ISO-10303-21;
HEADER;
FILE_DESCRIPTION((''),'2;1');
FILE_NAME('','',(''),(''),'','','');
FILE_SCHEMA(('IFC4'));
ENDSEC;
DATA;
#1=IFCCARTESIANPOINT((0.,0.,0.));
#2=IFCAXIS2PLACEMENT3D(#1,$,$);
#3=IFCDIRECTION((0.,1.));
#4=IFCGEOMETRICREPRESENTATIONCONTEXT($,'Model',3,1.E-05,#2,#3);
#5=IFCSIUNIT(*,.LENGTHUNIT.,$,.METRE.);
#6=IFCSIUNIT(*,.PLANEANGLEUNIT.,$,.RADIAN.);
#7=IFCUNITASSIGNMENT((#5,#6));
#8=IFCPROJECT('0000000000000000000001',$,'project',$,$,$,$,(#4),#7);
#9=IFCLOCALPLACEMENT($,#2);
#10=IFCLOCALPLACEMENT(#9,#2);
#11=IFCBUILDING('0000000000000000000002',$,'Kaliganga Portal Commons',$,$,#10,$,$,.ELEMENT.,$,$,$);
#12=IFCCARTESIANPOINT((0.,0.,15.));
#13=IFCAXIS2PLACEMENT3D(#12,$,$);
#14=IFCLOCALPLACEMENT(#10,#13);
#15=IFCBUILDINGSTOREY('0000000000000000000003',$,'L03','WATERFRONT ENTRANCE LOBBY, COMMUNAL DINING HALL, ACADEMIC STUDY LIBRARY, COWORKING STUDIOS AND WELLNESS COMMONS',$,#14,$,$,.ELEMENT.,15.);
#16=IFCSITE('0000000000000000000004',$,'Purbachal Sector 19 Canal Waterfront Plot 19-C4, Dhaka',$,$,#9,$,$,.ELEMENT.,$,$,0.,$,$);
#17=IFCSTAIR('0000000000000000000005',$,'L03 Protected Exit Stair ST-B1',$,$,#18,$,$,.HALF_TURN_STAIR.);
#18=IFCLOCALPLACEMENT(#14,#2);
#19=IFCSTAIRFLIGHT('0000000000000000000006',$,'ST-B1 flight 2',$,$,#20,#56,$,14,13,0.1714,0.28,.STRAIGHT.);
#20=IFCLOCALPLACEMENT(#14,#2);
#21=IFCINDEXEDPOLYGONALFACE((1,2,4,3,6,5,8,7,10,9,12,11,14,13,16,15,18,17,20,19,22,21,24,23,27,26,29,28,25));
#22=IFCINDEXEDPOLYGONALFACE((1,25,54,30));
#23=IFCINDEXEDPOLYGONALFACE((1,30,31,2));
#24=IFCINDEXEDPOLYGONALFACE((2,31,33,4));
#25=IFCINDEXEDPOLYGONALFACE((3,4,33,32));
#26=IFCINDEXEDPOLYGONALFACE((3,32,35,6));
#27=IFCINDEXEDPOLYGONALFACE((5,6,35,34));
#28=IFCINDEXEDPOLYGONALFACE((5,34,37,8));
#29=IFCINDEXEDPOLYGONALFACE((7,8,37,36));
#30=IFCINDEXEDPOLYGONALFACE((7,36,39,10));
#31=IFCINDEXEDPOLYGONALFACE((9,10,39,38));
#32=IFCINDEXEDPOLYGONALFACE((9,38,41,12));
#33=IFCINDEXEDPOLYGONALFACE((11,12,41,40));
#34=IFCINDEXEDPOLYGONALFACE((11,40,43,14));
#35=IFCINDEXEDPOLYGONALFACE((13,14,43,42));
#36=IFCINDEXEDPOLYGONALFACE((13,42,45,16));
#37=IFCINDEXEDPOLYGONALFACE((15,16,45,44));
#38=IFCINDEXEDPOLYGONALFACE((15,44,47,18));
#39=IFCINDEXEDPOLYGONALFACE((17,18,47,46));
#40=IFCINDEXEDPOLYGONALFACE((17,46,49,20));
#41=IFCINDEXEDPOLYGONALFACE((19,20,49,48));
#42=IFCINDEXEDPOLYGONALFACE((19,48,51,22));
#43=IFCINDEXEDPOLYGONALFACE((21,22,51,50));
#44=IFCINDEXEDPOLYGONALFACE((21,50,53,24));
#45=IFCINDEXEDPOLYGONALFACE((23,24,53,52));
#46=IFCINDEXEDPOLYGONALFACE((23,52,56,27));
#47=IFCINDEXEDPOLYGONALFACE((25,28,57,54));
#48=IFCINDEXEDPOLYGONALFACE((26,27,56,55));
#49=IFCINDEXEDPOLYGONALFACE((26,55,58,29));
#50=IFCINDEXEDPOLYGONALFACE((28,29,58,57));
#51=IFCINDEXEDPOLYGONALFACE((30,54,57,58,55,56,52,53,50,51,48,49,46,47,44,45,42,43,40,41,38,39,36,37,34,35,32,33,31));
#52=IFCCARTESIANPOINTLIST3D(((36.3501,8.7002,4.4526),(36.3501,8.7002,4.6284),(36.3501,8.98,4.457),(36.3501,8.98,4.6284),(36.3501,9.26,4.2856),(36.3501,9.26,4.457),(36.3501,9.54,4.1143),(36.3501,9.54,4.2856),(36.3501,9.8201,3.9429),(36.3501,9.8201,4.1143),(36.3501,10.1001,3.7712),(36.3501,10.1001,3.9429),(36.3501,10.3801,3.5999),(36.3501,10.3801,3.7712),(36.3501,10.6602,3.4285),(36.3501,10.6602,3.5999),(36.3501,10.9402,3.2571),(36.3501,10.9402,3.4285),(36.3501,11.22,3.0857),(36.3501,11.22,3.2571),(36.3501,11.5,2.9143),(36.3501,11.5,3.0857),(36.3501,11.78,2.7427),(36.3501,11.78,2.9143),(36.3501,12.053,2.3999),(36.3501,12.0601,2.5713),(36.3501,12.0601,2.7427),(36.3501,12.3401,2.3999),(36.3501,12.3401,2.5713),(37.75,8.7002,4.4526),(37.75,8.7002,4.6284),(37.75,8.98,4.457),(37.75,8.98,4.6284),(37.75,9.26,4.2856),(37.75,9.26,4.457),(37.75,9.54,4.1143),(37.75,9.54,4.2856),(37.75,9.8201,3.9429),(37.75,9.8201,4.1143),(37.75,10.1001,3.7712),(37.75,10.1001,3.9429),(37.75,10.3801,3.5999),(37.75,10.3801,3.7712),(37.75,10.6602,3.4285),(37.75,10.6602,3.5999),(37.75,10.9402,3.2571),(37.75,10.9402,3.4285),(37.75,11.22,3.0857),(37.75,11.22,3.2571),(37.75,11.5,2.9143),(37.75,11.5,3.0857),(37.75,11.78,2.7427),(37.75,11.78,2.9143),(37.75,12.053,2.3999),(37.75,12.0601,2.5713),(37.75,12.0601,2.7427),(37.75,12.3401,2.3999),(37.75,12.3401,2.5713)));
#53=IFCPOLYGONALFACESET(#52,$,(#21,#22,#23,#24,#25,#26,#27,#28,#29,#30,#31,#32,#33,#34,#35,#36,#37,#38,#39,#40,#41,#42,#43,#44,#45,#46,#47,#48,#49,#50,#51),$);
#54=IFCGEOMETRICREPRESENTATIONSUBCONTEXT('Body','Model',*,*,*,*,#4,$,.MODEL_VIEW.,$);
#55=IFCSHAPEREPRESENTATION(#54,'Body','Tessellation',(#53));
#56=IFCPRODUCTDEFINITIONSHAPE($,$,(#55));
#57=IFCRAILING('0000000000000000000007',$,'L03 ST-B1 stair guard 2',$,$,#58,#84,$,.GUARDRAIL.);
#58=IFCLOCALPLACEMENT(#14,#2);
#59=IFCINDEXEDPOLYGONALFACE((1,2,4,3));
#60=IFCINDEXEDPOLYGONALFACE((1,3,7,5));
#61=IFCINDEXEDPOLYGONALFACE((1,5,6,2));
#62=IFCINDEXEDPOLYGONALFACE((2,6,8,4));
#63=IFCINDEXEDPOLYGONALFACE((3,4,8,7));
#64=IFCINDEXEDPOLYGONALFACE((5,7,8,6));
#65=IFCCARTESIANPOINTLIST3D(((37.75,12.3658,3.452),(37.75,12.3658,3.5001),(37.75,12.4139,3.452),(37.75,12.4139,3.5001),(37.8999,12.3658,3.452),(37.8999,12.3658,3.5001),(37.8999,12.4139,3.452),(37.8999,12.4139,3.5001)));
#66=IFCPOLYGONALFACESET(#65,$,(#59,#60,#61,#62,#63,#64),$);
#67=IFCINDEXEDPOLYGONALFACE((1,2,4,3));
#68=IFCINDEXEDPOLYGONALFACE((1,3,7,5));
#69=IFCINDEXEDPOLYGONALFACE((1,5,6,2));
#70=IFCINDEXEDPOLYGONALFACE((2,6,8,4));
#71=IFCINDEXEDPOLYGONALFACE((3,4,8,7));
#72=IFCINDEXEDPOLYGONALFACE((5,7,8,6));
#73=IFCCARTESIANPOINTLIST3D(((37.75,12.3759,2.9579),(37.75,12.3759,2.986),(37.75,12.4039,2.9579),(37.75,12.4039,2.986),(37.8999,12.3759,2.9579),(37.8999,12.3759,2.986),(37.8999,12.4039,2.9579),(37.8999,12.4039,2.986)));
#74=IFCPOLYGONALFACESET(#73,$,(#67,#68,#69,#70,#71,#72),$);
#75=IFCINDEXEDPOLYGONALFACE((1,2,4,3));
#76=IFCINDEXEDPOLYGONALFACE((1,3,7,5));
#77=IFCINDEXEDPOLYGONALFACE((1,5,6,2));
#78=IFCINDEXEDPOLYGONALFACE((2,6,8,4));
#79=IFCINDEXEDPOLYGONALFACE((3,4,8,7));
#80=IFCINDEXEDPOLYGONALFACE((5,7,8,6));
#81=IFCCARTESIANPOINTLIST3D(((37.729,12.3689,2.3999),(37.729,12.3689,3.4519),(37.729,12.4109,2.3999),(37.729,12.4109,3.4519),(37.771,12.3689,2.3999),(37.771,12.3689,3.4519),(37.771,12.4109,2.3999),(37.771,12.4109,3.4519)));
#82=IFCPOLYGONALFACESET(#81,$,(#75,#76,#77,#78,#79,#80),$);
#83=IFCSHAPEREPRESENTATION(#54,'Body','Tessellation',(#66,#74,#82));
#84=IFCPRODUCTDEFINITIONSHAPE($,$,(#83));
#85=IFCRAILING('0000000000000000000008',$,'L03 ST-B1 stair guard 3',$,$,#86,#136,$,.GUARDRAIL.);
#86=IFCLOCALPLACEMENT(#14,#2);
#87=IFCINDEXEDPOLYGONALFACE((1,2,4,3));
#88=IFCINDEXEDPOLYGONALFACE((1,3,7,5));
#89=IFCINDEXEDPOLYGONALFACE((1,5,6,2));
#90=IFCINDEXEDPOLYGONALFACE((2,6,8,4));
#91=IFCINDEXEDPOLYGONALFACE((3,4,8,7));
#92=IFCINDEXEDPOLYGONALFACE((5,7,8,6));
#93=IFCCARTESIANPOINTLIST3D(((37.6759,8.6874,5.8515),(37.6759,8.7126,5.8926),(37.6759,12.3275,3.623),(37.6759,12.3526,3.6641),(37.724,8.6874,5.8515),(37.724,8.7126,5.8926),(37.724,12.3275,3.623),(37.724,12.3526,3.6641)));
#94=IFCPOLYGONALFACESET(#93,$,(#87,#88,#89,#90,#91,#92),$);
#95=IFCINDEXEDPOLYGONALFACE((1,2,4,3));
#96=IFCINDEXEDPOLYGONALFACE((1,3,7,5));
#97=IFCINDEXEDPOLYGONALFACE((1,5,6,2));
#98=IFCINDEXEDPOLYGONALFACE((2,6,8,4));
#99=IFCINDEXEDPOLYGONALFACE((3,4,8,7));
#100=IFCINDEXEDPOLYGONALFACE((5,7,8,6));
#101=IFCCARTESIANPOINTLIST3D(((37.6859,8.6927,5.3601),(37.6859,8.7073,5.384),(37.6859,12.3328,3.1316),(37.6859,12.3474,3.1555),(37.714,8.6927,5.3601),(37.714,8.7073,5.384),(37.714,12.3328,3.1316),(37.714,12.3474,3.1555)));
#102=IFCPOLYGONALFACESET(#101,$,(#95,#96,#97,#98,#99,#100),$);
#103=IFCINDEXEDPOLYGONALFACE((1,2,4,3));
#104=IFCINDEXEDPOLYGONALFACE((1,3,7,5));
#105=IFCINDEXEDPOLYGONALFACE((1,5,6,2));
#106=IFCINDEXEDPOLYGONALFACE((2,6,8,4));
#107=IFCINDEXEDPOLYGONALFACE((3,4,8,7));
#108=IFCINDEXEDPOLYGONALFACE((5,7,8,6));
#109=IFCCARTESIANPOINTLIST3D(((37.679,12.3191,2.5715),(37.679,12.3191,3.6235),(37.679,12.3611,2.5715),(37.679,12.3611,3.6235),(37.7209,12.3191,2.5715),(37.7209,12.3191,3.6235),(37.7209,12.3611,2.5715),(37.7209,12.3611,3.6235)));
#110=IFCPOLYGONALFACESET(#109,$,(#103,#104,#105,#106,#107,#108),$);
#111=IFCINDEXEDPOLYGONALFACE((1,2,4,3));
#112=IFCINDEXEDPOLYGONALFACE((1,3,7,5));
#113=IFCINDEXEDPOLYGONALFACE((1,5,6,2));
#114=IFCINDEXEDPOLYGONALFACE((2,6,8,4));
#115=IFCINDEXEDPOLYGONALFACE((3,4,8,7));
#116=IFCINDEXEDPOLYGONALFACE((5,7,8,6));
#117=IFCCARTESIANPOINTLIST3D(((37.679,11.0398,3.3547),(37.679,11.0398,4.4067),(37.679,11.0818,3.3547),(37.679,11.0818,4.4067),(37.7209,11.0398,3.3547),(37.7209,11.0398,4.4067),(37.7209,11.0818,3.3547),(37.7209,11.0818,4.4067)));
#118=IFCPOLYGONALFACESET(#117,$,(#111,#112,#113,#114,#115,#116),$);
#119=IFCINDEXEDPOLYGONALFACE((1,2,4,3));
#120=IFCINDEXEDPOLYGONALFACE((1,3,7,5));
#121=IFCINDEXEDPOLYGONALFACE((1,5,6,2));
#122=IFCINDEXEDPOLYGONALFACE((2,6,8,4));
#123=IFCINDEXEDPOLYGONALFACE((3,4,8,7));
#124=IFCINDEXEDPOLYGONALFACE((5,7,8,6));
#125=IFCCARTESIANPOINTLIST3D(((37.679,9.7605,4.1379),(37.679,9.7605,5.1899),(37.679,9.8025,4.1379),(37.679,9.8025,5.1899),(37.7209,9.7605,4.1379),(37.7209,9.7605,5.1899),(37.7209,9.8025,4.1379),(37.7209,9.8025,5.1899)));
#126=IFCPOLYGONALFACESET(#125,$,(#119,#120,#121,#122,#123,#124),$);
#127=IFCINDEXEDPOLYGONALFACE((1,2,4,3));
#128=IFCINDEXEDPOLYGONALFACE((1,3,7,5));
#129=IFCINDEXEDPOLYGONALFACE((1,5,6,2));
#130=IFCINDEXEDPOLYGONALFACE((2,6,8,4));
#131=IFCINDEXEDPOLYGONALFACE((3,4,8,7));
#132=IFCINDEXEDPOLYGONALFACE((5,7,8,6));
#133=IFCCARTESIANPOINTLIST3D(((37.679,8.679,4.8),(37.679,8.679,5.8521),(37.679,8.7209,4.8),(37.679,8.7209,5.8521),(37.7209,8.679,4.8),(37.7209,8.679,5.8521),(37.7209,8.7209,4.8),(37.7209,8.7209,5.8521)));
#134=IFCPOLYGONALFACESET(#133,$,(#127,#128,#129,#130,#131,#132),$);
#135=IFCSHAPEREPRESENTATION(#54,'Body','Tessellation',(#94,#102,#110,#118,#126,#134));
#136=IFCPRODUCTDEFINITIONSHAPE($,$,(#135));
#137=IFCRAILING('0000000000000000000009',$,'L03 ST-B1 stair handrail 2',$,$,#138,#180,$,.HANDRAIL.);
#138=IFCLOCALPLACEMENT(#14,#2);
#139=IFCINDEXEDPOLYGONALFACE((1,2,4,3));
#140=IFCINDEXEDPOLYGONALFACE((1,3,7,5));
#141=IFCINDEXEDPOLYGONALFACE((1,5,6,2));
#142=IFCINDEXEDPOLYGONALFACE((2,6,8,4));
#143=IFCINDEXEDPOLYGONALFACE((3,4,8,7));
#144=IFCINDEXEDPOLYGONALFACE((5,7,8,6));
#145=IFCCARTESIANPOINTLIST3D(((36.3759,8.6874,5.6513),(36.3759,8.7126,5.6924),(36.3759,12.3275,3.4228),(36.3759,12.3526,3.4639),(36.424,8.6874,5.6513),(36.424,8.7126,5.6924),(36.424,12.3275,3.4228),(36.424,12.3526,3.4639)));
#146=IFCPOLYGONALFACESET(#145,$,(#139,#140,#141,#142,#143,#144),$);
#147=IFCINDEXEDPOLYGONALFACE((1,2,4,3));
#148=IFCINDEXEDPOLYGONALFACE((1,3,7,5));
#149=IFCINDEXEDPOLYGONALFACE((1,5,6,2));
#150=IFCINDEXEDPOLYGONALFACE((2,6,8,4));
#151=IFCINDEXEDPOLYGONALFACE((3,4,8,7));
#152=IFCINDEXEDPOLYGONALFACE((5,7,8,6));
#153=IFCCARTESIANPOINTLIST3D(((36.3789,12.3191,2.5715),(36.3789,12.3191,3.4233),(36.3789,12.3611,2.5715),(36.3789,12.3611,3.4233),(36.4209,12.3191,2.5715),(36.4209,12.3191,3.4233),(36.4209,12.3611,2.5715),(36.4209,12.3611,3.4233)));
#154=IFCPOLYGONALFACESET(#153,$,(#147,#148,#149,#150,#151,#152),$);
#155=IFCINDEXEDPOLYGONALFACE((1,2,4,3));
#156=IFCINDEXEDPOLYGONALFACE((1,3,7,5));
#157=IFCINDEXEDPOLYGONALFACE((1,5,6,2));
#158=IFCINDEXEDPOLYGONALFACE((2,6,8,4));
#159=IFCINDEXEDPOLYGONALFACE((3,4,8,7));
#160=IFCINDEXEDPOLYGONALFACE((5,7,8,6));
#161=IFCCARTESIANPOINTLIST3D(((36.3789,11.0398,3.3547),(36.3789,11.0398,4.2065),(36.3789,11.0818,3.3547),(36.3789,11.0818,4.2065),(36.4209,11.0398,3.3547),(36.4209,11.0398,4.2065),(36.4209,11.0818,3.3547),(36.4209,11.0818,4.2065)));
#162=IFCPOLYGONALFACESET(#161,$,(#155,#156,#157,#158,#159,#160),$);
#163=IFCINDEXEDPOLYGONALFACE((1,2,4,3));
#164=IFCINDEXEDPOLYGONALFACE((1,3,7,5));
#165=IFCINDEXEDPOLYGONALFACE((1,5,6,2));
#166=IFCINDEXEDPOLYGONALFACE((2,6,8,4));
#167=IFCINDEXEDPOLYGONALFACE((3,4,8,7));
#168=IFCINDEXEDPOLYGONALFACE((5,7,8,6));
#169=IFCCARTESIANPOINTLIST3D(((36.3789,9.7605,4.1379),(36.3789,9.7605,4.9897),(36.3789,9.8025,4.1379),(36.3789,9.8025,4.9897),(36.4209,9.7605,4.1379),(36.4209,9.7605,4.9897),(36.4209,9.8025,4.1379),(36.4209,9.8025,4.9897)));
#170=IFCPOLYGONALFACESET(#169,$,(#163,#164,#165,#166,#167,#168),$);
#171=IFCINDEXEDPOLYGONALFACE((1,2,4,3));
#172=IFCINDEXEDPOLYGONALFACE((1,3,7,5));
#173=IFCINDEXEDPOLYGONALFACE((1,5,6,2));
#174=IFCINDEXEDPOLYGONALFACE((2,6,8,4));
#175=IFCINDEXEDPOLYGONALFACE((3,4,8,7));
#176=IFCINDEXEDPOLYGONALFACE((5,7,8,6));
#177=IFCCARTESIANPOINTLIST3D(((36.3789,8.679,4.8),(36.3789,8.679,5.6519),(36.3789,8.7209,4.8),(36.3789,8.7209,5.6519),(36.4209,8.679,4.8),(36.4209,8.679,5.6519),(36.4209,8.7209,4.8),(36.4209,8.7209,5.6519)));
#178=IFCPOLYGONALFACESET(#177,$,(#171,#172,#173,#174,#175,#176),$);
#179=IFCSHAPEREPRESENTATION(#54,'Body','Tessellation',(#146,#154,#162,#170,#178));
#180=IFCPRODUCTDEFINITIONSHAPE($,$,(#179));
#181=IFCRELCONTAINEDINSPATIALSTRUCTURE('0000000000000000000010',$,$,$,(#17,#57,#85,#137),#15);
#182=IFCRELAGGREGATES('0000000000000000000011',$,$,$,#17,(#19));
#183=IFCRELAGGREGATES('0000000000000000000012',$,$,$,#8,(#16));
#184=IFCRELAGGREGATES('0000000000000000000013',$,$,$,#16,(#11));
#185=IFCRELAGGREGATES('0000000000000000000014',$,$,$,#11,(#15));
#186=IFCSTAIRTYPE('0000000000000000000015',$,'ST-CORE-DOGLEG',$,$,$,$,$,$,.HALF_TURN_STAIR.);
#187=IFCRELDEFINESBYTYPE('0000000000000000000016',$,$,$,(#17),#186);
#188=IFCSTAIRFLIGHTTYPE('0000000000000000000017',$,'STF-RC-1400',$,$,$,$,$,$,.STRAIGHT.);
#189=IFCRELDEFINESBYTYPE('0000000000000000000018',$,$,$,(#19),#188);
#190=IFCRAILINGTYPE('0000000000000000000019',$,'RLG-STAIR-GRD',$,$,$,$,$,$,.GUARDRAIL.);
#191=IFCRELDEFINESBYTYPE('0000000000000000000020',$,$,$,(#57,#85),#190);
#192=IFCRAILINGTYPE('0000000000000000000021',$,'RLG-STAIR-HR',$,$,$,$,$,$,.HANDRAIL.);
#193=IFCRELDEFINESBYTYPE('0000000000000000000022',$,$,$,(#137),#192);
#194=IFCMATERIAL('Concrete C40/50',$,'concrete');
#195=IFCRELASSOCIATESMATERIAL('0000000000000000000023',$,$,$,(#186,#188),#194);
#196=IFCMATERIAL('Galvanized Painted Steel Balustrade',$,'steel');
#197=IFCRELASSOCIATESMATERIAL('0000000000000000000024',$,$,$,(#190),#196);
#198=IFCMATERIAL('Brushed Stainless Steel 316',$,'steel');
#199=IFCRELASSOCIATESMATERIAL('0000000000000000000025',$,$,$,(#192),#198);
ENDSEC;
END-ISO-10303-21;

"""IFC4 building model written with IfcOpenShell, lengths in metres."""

from ifc_helpers import new_model, si_unit, direction, frame, origin, origin_2d, place, context, subcontext, project, spatial, polyline, rectangle, outline, extrude, material, type_object, element, aggregate, save


model = new_model("IFC4")

# Units and contexts
model_context = context("Model", 3, precision=1e-05, world=origin(), true_north=direction((0.0, 1.0)))
body_context = subcontext(model_context, "Body", "Model", "MODEL_VIEW")
ifc_project = project(units=[si_unit("LENGTHUNIT", "METRE"), si_unit("PLANEANGLEUNIT", "RADIAN")], contexts=[model_context])

# Site, building, storey
site_placement = place(None, origin())
site = spatial("IfcSite", under=ifc_project, at=site_placement, Name="Purbachal Sector 19 Canal Waterfront Plot 19-C4, Dhaka", CompositionType="ELEMENT", RefElevation=0.0)
building_placement = place(site_placement, origin())
building = spatial("IfcBuilding", under=site, at=building_placement, Name="Kaliganga Portal Commons", CompositionType="ELEMENT")
storey_placement = place(building_placement, frame((0.0, 0.0, 15.0)))
storey = spatial("IfcBuildingStorey", under=building, at=storey_placement, Name="L03", Description="WATERFRONT ENTRANCE LOBBY, COMMUNAL DINING HALL, ACADEMIC STUDY LIBRARY, COWORKING STUDIOS AND WELLNESS COMMONS", CompositionType="ELEMENT", Elevation=15.0)

# Stair, stair flight
ifc_material_1 = material(Name="Concrete C40/50", Category="concrete")
stair_type = type_object("IfcStairType", Name="ST-CORE-DOGLEG", PredefinedType="HALF_TURN_STAIR", material=ifc_material_1)
stair_placement = place(storey_placement, origin())
stair = element("IfcStair", 1, at=stair_placement, inside=storey, type_object=stair_type, Name="L03 Protected Exit Stair ST-B1", PredefinedType="HALF_TURN_STAIR")
stair_flight_type = type_object("IfcStairFlightType", Name="STF-RC-1400", PredefinedType="STRAIGHT", material=ifc_material_1)
stair_flight_placement = place(storey_placement, frame((37.05, 12.3401, 2.3999), z_axis=(0.0, 0.0, 1.0), x_axis=(0.0, -1.0, 0.0)))
stair_flight = element("IfcStairFlight", 2, at=stair_flight_placement, type_object=stair_flight_type, Name="ST-B1 flight 2", NumberOfRisers=14, NumberOfTreads=13, PredefinedType="STRAIGHT", RiserHeight=0.1714, TreadLength=0.28, context=body_context, shape_type="SweptSolid", body=[
    extrude(outline(polyline([(0.0, 0.0), (0.0, 0.1714), (0.28, 0.1714), (0.28, 0.3428), (0.5601, 0.3428), (0.5601, 0.5144), (0.8401, 0.5144), (0.8401, 0.6858), (1.1201, 0.6858), (1.1201, 0.8572), (1.3999, 0.8572), (1.3999, 1.0286), (1.6799, 1.0286), (1.6799, 1.2), (1.96, 1.2), (1.96, 1.3713), (2.24, 1.3713), (2.24, 1.543), (2.52, 1.543), (2.52, 1.7144), (2.8, 1.7144), (2.8, 1.8857), (3.0801, 1.8857), (3.0801, 2.0571), (3.3601, 2.0571), (3.3601, 2.2285), (3.6399, 2.2285), (3.6399, 2.3999), (3.6399, 2.0527), (0.2871, 0.0), (0.0, 0.0)])), frame((0.0, 0.7, 0.0), z_axis=(0.0, -1.0, 0.0), x_axis=(1.0, 0.0, 0.0)), (0.0, 0.0, 1.0), 1.3999),
])
aggregate(stair, [stair_flight])

# Railings
ifc_material_2 = material(Name="Galvanized Painted Steel Balustrade", Category="steel")
railing_type_1 = type_object("IfcRailingType", Name="RLG-STAIR-GRD", PredefinedType="GUARDRAIL", material=ifc_material_2)
railing_1_placement = place(storey_placement, frame((37.8999, 12.3899, 2.3999)))
element("IfcRailing", 3, at=railing_1_placement, inside=storey, type_object=railing_type_1, Name="L03 ST-B1 stair guard 2", PredefinedType="GUARDRAIL", context=body_context, shape_type="SweptSolid", body=[
    extrude(rectangle(XDim=0.0481, YDim=0.0481, at=origin_2d()), frame((0.0, 0.0, 1.0762), z_axis=(-1.0, 0.0, 0.0), x_axis=(0.0, -1.0, 0.0)), (0.0, 0.0, 1.0), 0.1499),
    extrude(rectangle(XDim=0.0281, YDim=0.0281, at=origin_2d()), frame((0.0, 0.0, 0.572), z_axis=(-1.0, 0.0, 0.0), x_axis=(0.0, -1.0, 0.0)), (0.0, 0.0, 1.0), 0.1499),
    extrude(rectangle(XDim=0.042, YDim=0.042, at=origin_2d()), frame((-0.1499, 0.0, 0.0)), (0.0, 0.0, 1.0), 1.052),
])
railing_2_placement = place(storey_placement, frame((37.7, 12.3401, 2.5715)))
element("IfcRailing", 4, at=railing_2_placement, inside=storey, type_object=railing_type_1, Name="L03 ST-B1 stair guard 3", PredefinedType="GUARDRAIL", context=body_context, shape_type="SweptSolid", body=[
    extrude(rectangle(XDim=0.0481, YDim=0.0481, at=origin_2d()), frame((0.0, 0.0, 1.072), z_axis=(0.0, -0.852866, 0.52213), x_axis=(1.0, 0.0, 0.0)), (0.0, 0.0, 1.0), 4.2681),
    extrude(rectangle(XDim=0.0281, YDim=0.0281, at=origin_2d()), frame((0.0, 0.0, 0.572), z_axis=(0.0, -0.852866, 0.52213), x_axis=(1.0, 0.0, 0.0)), (0.0, 0.0, 1.0), 4.2681),
    extrude(rectangle(XDim=0.042, YDim=0.042, at=origin_2d()), origin(), (0.0, 0.0, 1.0), 1.052),
    extrude(rectangle(XDim=0.042, YDim=0.042, at=origin_2d()), frame((0.0, -1.2793, 0.7832)), (0.0, 0.0, 1.0), 1.052),
    extrude(rectangle(XDim=0.042, YDim=0.042, at=origin_2d()), frame((0.0, -2.5586, 1.5664)), (0.0, 0.0, 1.0), 1.052),
    extrude(rectangle(XDim=0.042, YDim=0.042, at=origin_2d()), frame((0.0, -3.6401, 2.2285)), (0.0, 0.0, 1.0), 1.052),
])
ifc_material_3 = material(Name="Brushed Stainless Steel 316", Category="steel")
railing_type_2 = type_object("IfcRailingType", Name="RLG-STAIR-HR", PredefinedType="HANDRAIL", material=ifc_material_3)
railing_3_placement = place(storey_placement, frame((36.3999, 12.3401, 2.5715)))
element("IfcRailing", 5, at=railing_3_placement, inside=storey, type_object=railing_type_2, Name="L03 ST-B1 stair handrail 2", PredefinedType="HANDRAIL", context=body_context, shape_type="SweptSolid", body=[
    extrude(rectangle(XDim=0.0481, YDim=0.0481, at=origin_2d()), frame((0.0, 0.0, 0.8718), z_axis=(0.0, -0.852866, 0.52213), x_axis=(1.0, 0.0, 0.0)), (0.0, 0.0, 1.0), 4.2681),
    extrude(rectangle(XDim=0.042, YDim=0.042, at=origin_2d()), origin(), (0.0, 0.0, 1.0), 0.8518),
    extrude(rectangle(XDim=0.042, YDim=0.042, at=origin_2d()), frame((0.0, -1.2793, 0.7832)), (0.0, 0.0, 1.0), 0.8518),
    extrude(rectangle(XDim=0.042, YDim=0.042, at=origin_2d()), frame((0.0, -2.5586, 1.5664)), (0.0, 0.0, 1.0), 0.8518),
    extrude(rectangle(XDim=0.042, YDim=0.042, at=origin_2d()), frame((0.0, -3.6401, 2.2285)), (0.0, 0.0, 1.0), 0.8518),
])

save(model, "model.ifc")
